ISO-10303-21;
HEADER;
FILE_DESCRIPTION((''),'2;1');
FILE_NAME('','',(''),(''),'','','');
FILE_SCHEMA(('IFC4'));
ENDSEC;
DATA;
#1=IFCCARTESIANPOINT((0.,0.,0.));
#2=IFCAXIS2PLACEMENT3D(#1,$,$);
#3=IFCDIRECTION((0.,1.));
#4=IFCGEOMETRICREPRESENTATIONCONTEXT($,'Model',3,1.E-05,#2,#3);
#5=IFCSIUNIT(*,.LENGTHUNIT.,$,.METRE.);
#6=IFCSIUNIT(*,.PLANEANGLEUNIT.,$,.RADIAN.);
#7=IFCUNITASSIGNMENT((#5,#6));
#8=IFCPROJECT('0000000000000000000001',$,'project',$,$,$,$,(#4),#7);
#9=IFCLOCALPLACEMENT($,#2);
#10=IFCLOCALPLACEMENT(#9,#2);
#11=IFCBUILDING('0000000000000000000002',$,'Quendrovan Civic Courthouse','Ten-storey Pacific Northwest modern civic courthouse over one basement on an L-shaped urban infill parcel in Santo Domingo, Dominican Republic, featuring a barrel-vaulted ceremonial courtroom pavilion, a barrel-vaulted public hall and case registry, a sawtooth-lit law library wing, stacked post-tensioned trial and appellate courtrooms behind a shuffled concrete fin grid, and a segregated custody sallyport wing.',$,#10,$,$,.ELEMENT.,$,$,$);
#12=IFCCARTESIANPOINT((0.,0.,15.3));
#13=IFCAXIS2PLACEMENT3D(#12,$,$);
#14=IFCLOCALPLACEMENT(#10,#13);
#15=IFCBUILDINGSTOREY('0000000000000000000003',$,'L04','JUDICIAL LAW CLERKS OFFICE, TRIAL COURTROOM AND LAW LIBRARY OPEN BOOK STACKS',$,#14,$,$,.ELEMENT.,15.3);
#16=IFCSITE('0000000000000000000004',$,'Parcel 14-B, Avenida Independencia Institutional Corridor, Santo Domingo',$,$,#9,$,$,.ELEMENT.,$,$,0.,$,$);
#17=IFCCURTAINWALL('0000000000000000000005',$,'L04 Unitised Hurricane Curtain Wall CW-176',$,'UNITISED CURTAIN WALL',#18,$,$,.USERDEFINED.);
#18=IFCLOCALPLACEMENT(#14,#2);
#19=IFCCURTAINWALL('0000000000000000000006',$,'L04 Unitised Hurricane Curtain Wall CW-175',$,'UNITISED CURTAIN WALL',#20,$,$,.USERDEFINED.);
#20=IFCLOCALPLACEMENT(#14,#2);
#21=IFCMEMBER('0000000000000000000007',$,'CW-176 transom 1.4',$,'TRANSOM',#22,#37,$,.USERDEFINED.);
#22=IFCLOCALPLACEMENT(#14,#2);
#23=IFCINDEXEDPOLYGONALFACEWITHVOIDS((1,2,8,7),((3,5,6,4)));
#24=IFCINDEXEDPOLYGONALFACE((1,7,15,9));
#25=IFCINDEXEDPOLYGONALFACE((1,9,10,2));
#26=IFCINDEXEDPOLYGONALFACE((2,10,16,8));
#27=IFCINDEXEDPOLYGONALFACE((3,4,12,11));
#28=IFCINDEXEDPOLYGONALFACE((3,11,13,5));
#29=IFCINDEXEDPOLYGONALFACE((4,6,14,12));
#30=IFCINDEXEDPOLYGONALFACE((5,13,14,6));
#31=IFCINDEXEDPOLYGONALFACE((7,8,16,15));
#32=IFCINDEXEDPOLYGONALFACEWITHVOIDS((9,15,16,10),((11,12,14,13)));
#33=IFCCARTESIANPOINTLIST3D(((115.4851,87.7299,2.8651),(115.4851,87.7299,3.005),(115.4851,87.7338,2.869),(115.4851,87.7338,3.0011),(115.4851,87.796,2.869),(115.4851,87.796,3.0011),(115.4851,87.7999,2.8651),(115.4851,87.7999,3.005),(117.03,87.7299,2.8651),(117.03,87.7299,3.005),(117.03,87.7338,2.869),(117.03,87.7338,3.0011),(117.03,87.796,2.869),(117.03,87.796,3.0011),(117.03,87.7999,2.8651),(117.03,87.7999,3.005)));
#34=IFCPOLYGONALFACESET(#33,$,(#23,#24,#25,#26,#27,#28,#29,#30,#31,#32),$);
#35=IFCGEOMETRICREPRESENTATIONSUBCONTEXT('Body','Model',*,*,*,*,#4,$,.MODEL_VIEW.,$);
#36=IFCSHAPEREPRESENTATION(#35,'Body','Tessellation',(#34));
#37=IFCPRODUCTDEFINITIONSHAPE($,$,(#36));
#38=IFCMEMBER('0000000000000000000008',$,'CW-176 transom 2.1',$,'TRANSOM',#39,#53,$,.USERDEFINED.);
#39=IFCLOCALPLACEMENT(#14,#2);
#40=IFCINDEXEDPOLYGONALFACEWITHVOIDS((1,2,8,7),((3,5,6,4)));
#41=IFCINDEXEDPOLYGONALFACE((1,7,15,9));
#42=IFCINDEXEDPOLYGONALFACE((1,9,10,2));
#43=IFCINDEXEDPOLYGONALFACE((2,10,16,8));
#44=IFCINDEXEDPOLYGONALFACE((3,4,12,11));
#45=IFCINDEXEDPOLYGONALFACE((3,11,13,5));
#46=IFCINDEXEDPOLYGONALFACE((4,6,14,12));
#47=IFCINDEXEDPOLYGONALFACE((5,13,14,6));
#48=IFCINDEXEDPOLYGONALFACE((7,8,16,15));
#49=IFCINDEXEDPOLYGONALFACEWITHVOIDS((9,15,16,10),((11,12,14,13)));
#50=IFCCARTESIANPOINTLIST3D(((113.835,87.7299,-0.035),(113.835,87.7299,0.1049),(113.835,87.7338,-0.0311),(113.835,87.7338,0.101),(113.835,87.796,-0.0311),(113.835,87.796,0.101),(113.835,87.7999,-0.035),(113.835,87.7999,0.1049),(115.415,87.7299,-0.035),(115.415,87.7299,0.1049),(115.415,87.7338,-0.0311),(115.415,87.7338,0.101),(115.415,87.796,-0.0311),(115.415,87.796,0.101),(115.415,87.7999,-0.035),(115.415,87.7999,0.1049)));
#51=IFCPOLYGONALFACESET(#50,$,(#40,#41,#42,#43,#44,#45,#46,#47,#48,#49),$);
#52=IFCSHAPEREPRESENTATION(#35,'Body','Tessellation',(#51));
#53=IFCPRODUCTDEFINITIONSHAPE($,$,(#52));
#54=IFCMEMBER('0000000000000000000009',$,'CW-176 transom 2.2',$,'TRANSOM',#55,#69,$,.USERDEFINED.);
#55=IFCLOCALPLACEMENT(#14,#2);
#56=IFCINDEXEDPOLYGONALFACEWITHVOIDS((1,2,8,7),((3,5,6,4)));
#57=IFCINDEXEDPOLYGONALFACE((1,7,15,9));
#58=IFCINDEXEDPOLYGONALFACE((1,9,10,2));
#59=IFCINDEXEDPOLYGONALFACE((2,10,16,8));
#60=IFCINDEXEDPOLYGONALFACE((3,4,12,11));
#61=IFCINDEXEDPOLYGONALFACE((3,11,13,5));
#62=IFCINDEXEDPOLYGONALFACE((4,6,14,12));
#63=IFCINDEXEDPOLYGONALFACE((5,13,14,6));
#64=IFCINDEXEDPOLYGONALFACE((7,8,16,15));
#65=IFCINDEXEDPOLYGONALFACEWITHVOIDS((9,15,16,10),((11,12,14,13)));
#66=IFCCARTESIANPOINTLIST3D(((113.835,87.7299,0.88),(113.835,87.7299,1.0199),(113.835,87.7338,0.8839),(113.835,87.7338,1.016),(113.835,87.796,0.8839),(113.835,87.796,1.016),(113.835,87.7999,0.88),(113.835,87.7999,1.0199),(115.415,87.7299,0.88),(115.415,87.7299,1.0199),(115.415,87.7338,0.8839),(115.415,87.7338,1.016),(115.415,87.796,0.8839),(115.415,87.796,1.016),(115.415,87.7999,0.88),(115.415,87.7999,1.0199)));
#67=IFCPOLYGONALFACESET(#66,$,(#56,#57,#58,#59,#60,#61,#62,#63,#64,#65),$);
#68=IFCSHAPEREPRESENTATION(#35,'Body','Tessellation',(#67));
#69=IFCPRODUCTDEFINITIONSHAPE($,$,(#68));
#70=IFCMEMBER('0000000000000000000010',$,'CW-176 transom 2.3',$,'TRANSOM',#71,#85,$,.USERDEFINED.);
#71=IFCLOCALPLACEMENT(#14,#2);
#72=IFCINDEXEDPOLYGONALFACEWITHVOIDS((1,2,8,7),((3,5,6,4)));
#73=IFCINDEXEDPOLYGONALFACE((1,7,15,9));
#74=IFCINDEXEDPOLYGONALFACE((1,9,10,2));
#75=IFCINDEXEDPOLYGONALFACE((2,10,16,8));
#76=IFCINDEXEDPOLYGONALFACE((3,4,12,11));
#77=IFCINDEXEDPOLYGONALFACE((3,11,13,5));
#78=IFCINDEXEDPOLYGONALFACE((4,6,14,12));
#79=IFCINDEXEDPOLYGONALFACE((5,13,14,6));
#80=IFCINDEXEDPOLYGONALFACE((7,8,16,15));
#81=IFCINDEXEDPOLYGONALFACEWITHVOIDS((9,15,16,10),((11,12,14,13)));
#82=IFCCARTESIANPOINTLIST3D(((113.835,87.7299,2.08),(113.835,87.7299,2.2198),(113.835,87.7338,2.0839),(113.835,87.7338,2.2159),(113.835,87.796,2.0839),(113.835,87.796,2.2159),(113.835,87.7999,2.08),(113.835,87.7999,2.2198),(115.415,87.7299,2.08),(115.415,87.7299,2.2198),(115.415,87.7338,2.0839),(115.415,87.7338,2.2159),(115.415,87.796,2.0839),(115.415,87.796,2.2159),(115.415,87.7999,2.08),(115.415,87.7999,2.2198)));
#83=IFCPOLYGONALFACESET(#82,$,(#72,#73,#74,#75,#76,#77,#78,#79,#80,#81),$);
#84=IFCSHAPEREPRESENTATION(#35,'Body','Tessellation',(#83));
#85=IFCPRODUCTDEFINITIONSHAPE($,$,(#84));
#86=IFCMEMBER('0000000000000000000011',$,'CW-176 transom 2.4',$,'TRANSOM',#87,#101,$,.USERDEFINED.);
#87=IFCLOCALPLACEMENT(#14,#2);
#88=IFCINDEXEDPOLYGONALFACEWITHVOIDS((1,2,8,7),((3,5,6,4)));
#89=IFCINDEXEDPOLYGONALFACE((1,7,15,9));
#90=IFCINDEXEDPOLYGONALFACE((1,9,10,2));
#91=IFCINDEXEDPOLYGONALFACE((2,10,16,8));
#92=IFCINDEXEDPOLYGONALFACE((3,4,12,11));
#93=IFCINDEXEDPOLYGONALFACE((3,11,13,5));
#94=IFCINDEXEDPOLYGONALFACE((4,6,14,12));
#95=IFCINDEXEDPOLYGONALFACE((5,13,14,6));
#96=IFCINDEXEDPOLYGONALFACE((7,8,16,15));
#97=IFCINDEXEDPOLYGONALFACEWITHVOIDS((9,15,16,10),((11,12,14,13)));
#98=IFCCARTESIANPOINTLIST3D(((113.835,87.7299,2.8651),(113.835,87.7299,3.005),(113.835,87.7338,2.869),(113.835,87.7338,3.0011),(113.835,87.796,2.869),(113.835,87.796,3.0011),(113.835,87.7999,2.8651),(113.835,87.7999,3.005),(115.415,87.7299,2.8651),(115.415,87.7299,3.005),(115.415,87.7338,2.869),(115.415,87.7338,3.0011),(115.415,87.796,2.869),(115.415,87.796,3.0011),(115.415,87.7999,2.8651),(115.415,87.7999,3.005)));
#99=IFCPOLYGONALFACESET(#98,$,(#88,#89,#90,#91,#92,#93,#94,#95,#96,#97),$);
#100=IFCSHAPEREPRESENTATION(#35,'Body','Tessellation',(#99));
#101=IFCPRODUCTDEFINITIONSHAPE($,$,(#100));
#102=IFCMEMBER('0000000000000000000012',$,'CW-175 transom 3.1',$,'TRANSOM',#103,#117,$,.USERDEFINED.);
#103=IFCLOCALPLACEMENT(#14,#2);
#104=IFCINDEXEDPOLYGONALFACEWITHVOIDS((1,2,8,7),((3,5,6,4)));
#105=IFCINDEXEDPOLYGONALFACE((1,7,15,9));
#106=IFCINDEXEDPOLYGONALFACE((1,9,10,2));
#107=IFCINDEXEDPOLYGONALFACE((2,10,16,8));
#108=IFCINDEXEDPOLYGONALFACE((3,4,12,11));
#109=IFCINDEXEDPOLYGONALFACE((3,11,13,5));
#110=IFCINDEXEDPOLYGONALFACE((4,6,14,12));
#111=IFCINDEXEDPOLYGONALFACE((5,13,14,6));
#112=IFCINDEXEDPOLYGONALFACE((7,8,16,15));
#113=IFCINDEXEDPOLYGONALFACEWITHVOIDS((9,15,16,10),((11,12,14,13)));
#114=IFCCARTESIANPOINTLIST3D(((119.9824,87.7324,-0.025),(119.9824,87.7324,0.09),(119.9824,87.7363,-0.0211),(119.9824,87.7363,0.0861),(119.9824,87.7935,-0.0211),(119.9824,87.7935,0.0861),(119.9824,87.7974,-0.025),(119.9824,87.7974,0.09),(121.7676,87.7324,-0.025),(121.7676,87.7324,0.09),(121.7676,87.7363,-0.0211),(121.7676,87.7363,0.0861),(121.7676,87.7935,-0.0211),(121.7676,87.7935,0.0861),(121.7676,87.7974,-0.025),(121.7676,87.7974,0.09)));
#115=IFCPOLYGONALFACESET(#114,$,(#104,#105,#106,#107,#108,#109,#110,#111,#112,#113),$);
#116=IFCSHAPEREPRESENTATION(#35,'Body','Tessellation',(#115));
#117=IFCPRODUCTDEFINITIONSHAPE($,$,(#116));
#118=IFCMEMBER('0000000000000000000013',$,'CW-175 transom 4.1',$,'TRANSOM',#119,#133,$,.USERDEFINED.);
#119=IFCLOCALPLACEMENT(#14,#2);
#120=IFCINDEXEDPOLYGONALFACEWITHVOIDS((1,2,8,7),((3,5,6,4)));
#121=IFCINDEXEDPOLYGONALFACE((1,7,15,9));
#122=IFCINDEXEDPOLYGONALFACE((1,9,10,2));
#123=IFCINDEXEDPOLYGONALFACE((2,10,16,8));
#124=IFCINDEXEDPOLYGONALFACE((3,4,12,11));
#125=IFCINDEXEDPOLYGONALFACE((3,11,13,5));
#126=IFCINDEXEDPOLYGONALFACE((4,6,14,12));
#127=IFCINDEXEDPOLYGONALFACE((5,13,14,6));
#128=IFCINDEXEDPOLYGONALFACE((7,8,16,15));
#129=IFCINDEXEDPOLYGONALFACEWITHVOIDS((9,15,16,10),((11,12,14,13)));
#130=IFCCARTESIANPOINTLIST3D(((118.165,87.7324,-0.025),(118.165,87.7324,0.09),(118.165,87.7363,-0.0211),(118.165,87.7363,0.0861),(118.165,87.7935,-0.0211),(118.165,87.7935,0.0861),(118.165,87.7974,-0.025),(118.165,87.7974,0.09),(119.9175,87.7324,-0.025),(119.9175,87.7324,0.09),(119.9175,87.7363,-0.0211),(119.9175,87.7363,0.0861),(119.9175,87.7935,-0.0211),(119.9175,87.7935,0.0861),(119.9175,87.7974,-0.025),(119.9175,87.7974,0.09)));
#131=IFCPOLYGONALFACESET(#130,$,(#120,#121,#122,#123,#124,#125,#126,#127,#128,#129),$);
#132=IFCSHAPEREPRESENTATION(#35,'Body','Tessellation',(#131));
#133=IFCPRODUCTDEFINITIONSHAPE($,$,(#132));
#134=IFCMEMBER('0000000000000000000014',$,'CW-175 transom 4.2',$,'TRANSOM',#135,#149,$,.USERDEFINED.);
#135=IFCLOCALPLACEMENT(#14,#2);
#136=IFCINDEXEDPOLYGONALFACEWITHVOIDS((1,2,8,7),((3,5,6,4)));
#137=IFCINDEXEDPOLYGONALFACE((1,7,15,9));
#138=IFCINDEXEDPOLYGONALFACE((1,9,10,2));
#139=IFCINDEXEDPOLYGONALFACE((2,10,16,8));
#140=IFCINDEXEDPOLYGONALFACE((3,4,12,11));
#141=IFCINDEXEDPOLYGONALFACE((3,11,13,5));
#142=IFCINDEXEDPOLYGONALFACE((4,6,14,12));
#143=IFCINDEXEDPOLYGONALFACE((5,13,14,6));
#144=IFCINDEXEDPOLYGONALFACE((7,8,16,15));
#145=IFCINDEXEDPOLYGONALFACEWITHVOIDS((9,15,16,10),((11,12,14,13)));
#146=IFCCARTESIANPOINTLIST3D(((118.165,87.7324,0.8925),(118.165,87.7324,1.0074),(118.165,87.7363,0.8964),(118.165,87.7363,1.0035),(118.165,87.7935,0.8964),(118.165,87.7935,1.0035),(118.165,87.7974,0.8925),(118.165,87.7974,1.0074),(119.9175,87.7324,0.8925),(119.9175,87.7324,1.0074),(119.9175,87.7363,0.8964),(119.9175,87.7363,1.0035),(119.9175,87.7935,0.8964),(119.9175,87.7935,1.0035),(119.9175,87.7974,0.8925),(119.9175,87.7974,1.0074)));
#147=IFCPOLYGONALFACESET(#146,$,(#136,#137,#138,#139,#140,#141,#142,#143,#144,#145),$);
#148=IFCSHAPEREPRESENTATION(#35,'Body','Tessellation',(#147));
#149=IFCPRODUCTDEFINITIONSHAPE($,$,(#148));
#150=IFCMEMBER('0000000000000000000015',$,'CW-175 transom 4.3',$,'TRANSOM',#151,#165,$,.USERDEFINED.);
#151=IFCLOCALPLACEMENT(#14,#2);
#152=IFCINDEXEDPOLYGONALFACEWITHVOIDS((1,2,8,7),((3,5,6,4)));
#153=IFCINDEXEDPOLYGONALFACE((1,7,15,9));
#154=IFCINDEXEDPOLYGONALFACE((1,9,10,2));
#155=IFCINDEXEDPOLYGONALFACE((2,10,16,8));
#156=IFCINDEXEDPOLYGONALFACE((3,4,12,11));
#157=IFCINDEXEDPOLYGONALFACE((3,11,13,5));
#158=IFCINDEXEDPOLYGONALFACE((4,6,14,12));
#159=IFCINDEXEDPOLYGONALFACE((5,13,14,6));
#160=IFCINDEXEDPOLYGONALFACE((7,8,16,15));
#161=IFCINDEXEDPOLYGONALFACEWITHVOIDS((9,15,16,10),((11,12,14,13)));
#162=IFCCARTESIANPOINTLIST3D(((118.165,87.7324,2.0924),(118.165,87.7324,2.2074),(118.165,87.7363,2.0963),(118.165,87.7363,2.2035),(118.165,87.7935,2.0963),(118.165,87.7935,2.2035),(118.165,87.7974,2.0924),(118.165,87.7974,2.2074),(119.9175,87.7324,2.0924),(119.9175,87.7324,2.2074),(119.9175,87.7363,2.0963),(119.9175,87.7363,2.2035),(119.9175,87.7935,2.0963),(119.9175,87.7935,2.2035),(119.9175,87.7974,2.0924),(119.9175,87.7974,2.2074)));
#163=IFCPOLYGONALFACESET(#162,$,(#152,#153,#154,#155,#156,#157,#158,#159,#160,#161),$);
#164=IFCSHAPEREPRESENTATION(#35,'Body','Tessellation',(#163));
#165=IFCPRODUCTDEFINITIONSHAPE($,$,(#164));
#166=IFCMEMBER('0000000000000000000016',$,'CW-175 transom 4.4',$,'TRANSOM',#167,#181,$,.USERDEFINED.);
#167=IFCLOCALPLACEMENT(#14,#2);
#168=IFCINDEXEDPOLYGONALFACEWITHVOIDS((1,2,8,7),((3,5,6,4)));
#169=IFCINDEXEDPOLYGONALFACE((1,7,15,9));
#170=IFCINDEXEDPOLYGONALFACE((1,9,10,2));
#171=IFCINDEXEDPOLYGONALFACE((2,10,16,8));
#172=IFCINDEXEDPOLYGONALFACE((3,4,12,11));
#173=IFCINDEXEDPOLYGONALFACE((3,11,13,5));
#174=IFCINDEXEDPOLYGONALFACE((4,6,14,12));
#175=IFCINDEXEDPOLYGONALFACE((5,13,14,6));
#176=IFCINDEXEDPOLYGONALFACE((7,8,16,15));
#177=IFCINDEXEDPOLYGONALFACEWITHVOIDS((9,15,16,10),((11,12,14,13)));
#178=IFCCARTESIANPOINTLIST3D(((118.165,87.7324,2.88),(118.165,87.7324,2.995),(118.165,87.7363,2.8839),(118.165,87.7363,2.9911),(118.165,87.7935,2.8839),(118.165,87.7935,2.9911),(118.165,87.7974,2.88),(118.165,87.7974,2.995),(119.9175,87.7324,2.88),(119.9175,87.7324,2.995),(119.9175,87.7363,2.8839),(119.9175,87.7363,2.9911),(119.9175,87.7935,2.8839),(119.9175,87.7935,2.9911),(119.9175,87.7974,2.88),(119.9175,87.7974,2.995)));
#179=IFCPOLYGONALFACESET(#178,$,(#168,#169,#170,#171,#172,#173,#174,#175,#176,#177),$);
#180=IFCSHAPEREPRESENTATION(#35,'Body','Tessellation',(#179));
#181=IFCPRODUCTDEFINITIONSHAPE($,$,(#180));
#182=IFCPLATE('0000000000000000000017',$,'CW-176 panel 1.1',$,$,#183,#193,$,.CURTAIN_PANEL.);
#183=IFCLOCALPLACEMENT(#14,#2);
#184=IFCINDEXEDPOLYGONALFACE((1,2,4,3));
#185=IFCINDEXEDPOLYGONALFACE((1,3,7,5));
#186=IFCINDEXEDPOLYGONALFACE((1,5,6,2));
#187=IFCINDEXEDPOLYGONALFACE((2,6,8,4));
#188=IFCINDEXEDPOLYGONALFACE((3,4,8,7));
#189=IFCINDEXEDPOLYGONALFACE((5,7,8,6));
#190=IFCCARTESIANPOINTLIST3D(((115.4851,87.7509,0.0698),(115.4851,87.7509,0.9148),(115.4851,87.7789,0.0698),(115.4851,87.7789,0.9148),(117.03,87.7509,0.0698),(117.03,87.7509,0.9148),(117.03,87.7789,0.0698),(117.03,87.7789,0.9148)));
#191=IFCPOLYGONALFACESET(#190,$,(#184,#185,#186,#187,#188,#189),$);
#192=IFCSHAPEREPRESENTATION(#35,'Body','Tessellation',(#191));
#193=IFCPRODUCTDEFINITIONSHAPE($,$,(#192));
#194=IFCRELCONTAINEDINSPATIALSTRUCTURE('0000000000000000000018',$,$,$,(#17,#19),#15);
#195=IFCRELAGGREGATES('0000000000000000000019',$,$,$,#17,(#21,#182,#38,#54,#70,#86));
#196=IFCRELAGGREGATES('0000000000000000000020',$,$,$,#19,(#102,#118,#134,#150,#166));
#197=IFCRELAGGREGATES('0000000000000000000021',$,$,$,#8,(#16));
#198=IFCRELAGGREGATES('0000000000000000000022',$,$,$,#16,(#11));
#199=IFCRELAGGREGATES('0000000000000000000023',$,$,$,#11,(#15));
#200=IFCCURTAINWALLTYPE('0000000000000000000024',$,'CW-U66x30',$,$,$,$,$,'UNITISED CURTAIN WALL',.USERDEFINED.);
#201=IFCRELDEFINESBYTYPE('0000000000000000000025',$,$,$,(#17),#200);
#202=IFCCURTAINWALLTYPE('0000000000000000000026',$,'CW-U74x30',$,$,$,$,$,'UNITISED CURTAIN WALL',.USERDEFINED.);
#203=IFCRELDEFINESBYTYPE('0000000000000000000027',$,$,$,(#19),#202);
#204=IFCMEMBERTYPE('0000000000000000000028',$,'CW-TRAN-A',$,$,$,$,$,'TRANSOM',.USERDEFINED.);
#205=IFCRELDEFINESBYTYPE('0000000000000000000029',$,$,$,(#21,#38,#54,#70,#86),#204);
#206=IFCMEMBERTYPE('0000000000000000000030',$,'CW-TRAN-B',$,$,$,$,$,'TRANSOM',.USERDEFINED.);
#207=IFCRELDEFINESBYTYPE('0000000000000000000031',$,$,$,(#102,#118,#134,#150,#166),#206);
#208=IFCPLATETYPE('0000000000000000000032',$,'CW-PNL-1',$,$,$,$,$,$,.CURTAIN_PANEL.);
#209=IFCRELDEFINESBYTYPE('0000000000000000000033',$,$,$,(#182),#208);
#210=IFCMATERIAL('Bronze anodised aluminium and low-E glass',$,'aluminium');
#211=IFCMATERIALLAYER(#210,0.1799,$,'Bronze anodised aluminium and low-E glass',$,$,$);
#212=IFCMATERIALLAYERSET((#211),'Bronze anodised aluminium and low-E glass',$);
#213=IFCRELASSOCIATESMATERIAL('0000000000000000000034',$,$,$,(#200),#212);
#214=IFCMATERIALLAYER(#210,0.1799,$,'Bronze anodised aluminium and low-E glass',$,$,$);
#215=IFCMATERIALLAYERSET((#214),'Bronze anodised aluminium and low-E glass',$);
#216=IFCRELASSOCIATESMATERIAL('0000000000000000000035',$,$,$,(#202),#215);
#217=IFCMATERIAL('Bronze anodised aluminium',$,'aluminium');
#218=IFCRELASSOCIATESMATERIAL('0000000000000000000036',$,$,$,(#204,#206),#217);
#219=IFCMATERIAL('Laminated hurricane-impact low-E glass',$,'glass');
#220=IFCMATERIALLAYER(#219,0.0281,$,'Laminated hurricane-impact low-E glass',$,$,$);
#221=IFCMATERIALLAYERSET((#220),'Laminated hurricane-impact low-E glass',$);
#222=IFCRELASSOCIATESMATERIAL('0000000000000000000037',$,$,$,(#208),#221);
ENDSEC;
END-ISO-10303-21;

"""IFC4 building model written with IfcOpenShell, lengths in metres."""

from ifc_helpers import new_model, si_unit, direction, frame, origin, origin_2d, place, context, subcontext, project, spatial, rectangle, hollow_rectangle, extrude, material, layer, layer_set, material_profile, profile_set, type_object, element, aggregate, save


model = new_model("IFC4")

# Units and contexts
model_context = context("Model", 3, precision=1e-05, world=origin(), true_north=direction((0.0, 1.0)))
body_context = subcontext(model_context, "Body", "Model", "MODEL_VIEW")
ifc_project = project(units=[si_unit("LENGTHUNIT", "METRE"), si_unit("PLANEANGLEUNIT", "RADIAN")], contexts=[model_context])

# Site, building, storey
site_placement = place(None, origin())
site = spatial("IfcSite", under=ifc_project, at=site_placement, Name="Parcel 14-B, Avenida Independencia Institutional Corridor, Santo Domingo", CompositionType="ELEMENT", RefElevation=0.0)
building_placement = place(site_placement, origin())
building = spatial("IfcBuilding", under=site, at=building_placement, Name="Quendrovan Civic Courthouse", Description="Ten-storey Pacific Northwest modern civic courthouse over one basement on an L-shaped urban infill parcel in Santo Domingo, Dominican Republic, featuring a barrel-vaulted ceremonial courtroom pavilion, a barrel-vaulted public hall and case registry, a sawtooth-lit law library wing, stacked post-tensioned trial and appellate courtrooms behind a shuffled concrete fin grid, and a segregated custody sallyport wing.", CompositionType="ELEMENT")
storey_placement = place(building_placement, frame((0.0, 0.0, 15.3)))
storey = spatial("IfcBuildingStorey", under=building, at=storey_placement, Name="L04", Description="JUDICIAL LAW CLERKS OFFICE, TRIAL COURTROOM AND LAW LIBRARY OPEN BOOK STACKS", CompositionType="ELEMENT", Elevation=15.3)

# Curtain walls
ifc_material_1 = material(Name="Bronze anodised aluminium and low-E glass", Category="aluminium")
ifc_layer_1 = layer(ifc_material_1, 0.1799, Name="Bronze anodised aluminium and low-E glass")
ifc_layer_set_1 = layer_set([ifc_layer_1], Name="Bronze anodised aluminium and low-E glass")
curtain_wall_type_1 = type_object("IfcCurtainWallType", Name="CW-U66x30", ElementType="UNITISED CURTAIN WALL", PredefinedType="USERDEFINED", material=ifc_layer_set_1)
curtain_wall_1_placement = place(storey_placement, origin())
curtain_wall_1 = element("IfcCurtainWall", 1, at=curtain_wall_1_placement, inside=storey, type_object=curtain_wall_type_1, Name="L04 Unitised Hurricane Curtain Wall CW-176", ObjectType="UNITISED CURTAIN WALL", PredefinedType="USERDEFINED")
ifc_material_2 = material(Name="Bronze anodised aluminium", Category="aluminium")
ifc_layer_2 = layer(ifc_material_1, 0.1799, Name="Bronze anodised aluminium and low-E glass")
ifc_layer_set_2 = layer_set([ifc_layer_2], Name="Bronze anodised aluminium and low-E glass")
curtain_wall_type_2 = type_object("IfcCurtainWallType", Name="CW-U74x30", ElementType="UNITISED CURTAIN WALL", PredefinedType="USERDEFINED", material=ifc_layer_set_2)
curtain_wall_2_placement = place(storey_placement, origin())
curtain_wall_2 = element("IfcCurtainWall", 2, at=curtain_wall_2_placement, inside=storey, type_object=curtain_wall_type_2, Name="L04 Unitised Hurricane Curtain Wall CW-175", ObjectType="UNITISED CURTAIN WALL", PredefinedType="USERDEFINED")

# Members
ifc_material_profile_1 = material_profile(ifc_material_2, hollow_rectangle(XDim=0.0701, YDim=0.1399, WallThickness=0.0039, at=origin_2d()), Name="CW-TRAN-70x140")
ifc_profile_set_1 = profile_set([ifc_material_profile_1], Name="Bronze anodised aluminium")
member_type_1 = type_object("IfcMemberType", Name="CW-TRAN-A", ElementType="TRANSOM", PredefinedType="USERDEFINED", material=ifc_profile_set_1)
member_1_placement = place(storey_placement, frame((117.03, 87.7649, 2.9351), z_axis=(-1.0, 0.0, 0.0), x_axis=(0.0, -1.0, 0.0)))
member_1 = element("IfcMember", 3, at=member_1_placement, type_object=member_type_1, Name="CW-176 transom 1.4", ObjectType="TRANSOM", PredefinedType="USERDEFINED", context=body_context, shape_type="SweptSolid", body=[
    extrude(hollow_rectangle(XDim=0.0701, YDim=0.1399, WallThickness=0.0039, at=origin_2d()), origin(), (0.0, 0.0, 1.0), 1.5449),
])
member_2_placement = place(storey_placement, frame((115.415, 87.7649, 0.0349), z_axis=(-1.0, 0.0, 0.0), x_axis=(0.0, -1.0, 0.0)))
member_2 = element("IfcMember", 4, at=member_2_placement, type_object=member_type_1, Name="CW-176 transom 2.1", ObjectType="TRANSOM", PredefinedType="USERDEFINED", context=body_context, shape_type="SweptSolid", body=[
    extrude(hollow_rectangle(XDim=0.0701, YDim=0.1399, WallThickness=0.0039, at=origin_2d()), origin(), (0.0, 0.0, 1.0), 1.5801),
])
member_3_placement = place(storey_placement, frame((115.415, 87.7649, 0.95), z_axis=(-1.0, 0.0, 0.0), x_axis=(0.0, -1.0, 0.0)))
member_3 = element("IfcMember", 5, at=member_3_placement, type_object=member_type_1, Name="CW-176 transom 2.2", ObjectType="TRANSOM", PredefinedType="USERDEFINED", context=body_context, shape_type="SweptSolid", body=[
    extrude(hollow_rectangle(XDim=0.0701, YDim=0.1399, WallThickness=0.0039, at=origin_2d()), origin(), (0.0, 0.0, 1.0), 1.5801),
])
member_4_placement = place(storey_placement, frame((115.415, 87.7649, 2.1499), z_axis=(-1.0, 0.0, 0.0), x_axis=(0.0, -1.0, 0.0)))
member_4 = element("IfcMember", 6, at=member_4_placement, type_object=member_type_1, Name="CW-176 transom 2.3", ObjectType="TRANSOM", PredefinedType="USERDEFINED", context=body_context, shape_type="SweptSolid", body=[
    extrude(hollow_rectangle(XDim=0.0701, YDim=0.1399, WallThickness=0.0039, at=origin_2d()), origin(), (0.0, 0.0, 1.0), 1.5801),
])
member_5_placement = place(storey_placement, frame((115.415, 87.7649, 2.9351), z_axis=(-1.0, 0.0, 0.0), x_axis=(0.0, -1.0, 0.0)))
member_5 = element("IfcMember", 7, at=member_5_placement, type_object=member_type_1, Name="CW-176 transom 2.4", ObjectType="TRANSOM", PredefinedType="USERDEFINED", context=body_context, shape_type="SweptSolid", body=[
    extrude(hollow_rectangle(XDim=0.0701, YDim=0.1399, WallThickness=0.0039, at=origin_2d()), origin(), (0.0, 0.0, 1.0), 1.5801),
])
ifc_material_profile_2 = material_profile(ifc_material_2, hollow_rectangle(XDim=0.0649, YDim=0.115, WallThickness=0.0039, at=origin_2d()), Name="CW-TRAN-65x115")
ifc_profile_set_2 = profile_set([ifc_material_profile_2], Name="Bronze anodised aluminium")
member_type_2 = type_object("IfcMemberType", Name="CW-TRAN-B", ElementType="TRANSOM", PredefinedType="USERDEFINED", material=ifc_profile_set_2)
member_6_placement = place(storey_placement, frame((121.7676, 87.7649, 0.0325), z_axis=(-1.0, 0.0, 0.0), x_axis=(0.0, -1.0, 0.0)))
member_6 = element("IfcMember", 8, at=member_6_placement, type_object=member_type_2, Name="CW-175 transom 3.1", ObjectType="TRANSOM", PredefinedType="USERDEFINED", context=body_context, shape_type="SweptSolid", body=[
    extrude(hollow_rectangle(XDim=0.0649, YDim=0.115, WallThickness=0.0039, at=origin_2d()), origin(), (0.0, 0.0, 1.0), 1.7852),
])
member_7_placement = place(storey_placement, frame((119.9175, 87.7649, 0.0325), z_axis=(-1.0, 0.0, 0.0), x_axis=(0.0, -1.0, 0.0)))
member_7 = element("IfcMember", 9, at=member_7_placement, type_object=member_type_2, Name="CW-175 transom 4.1", ObjectType="TRANSOM", PredefinedType="USERDEFINED", context=body_context, shape_type="SweptSolid", body=[
    extrude(hollow_rectangle(XDim=0.0649, YDim=0.115, WallThickness=0.0039, at=origin_2d()), origin(), (0.0, 0.0, 1.0), 1.7524),
])
member_8_placement = place(storey_placement, frame((119.9175, 87.7649, 0.95), z_axis=(-1.0, 0.0, 0.0), x_axis=(0.0, -1.0, 0.0)))
member_8 = element("IfcMember", 10, at=member_8_placement, type_object=member_type_2, Name="CW-175 transom 4.2", ObjectType="TRANSOM", PredefinedType="USERDEFINED", context=body_context, shape_type="SweptSolid", body=[
    extrude(hollow_rectangle(XDim=0.0649, YDim=0.115, WallThickness=0.0039, at=origin_2d()), origin(), (0.0, 0.0, 1.0), 1.7524),
])
member_9_placement = place(storey_placement, frame((119.9175, 87.7649, 2.1499), z_axis=(-1.0, 0.0, 0.0), x_axis=(0.0, -1.0, 0.0)))
member_9 = element("IfcMember", 11, at=member_9_placement, type_object=member_type_2, Name="CW-175 transom 4.3", ObjectType="TRANSOM", PredefinedType="USERDEFINED", context=body_context, shape_type="SweptSolid", body=[
    extrude(hollow_rectangle(XDim=0.0649, YDim=0.115, WallThickness=0.0039, at=origin_2d()), origin(), (0.0, 0.0, 1.0), 1.7524),
])
member_10_placement = place(storey_placement, frame((119.9175, 87.7649, 2.9375), z_axis=(-1.0, 0.0, 0.0), x_axis=(0.0, -1.0, 0.0)))
member_10 = element("IfcMember", 12, at=member_10_placement, type_object=member_type_2, Name="CW-175 transom 4.4", ObjectType="TRANSOM", PredefinedType="USERDEFINED", context=body_context, shape_type="SweptSolid", body=[
    extrude(hollow_rectangle(XDim=0.0649, YDim=0.115, WallThickness=0.0039, at=origin_2d()), origin(), (0.0, 0.0, 1.0), 1.7524),
])

# Plate
ifc_material_3 = material(Name="Laminated hurricane-impact low-E glass", Category="glass")
ifc_layer_3 = layer(ifc_material_3, 0.0281, Name="Laminated hurricane-impact low-E glass")
ifc_layer_set_3 = layer_set([ifc_layer_3], Name="Laminated hurricane-impact low-E glass")
plate_type_1 = type_object("IfcPlateType", Name="CW-PNL-1", PredefinedType="CURTAIN_PANEL", material=ifc_layer_set_3)
plate_1_placement = place(storey_placement, frame((116.2576, 87.7649, 0.0698), z_axis=(0.0, 0.0, 1.0), x_axis=(-1.0, 0.0, 0.0)))
plate_1 = element("IfcPlate", 13, at=plate_1_placement, type_object=plate_type_1, Name="CW-176 panel 1.1", PredefinedType="CURTAIN_PANEL", context=body_context, shape_type="SweptSolid", body=[
    extrude(rectangle(XDim=1.5449, YDim=0.0281, at=origin_2d()), origin(), (0.0, 0.0, 1.0), 0.845),
])
aggregate(curtain_wall_1, [member_1, plate_1, member_2, member_3, member_4, member_5])
aggregate(curtain_wall_2, [member_6, member_7, member_8, member_9, member_10])

save(model, "model.ifc")
